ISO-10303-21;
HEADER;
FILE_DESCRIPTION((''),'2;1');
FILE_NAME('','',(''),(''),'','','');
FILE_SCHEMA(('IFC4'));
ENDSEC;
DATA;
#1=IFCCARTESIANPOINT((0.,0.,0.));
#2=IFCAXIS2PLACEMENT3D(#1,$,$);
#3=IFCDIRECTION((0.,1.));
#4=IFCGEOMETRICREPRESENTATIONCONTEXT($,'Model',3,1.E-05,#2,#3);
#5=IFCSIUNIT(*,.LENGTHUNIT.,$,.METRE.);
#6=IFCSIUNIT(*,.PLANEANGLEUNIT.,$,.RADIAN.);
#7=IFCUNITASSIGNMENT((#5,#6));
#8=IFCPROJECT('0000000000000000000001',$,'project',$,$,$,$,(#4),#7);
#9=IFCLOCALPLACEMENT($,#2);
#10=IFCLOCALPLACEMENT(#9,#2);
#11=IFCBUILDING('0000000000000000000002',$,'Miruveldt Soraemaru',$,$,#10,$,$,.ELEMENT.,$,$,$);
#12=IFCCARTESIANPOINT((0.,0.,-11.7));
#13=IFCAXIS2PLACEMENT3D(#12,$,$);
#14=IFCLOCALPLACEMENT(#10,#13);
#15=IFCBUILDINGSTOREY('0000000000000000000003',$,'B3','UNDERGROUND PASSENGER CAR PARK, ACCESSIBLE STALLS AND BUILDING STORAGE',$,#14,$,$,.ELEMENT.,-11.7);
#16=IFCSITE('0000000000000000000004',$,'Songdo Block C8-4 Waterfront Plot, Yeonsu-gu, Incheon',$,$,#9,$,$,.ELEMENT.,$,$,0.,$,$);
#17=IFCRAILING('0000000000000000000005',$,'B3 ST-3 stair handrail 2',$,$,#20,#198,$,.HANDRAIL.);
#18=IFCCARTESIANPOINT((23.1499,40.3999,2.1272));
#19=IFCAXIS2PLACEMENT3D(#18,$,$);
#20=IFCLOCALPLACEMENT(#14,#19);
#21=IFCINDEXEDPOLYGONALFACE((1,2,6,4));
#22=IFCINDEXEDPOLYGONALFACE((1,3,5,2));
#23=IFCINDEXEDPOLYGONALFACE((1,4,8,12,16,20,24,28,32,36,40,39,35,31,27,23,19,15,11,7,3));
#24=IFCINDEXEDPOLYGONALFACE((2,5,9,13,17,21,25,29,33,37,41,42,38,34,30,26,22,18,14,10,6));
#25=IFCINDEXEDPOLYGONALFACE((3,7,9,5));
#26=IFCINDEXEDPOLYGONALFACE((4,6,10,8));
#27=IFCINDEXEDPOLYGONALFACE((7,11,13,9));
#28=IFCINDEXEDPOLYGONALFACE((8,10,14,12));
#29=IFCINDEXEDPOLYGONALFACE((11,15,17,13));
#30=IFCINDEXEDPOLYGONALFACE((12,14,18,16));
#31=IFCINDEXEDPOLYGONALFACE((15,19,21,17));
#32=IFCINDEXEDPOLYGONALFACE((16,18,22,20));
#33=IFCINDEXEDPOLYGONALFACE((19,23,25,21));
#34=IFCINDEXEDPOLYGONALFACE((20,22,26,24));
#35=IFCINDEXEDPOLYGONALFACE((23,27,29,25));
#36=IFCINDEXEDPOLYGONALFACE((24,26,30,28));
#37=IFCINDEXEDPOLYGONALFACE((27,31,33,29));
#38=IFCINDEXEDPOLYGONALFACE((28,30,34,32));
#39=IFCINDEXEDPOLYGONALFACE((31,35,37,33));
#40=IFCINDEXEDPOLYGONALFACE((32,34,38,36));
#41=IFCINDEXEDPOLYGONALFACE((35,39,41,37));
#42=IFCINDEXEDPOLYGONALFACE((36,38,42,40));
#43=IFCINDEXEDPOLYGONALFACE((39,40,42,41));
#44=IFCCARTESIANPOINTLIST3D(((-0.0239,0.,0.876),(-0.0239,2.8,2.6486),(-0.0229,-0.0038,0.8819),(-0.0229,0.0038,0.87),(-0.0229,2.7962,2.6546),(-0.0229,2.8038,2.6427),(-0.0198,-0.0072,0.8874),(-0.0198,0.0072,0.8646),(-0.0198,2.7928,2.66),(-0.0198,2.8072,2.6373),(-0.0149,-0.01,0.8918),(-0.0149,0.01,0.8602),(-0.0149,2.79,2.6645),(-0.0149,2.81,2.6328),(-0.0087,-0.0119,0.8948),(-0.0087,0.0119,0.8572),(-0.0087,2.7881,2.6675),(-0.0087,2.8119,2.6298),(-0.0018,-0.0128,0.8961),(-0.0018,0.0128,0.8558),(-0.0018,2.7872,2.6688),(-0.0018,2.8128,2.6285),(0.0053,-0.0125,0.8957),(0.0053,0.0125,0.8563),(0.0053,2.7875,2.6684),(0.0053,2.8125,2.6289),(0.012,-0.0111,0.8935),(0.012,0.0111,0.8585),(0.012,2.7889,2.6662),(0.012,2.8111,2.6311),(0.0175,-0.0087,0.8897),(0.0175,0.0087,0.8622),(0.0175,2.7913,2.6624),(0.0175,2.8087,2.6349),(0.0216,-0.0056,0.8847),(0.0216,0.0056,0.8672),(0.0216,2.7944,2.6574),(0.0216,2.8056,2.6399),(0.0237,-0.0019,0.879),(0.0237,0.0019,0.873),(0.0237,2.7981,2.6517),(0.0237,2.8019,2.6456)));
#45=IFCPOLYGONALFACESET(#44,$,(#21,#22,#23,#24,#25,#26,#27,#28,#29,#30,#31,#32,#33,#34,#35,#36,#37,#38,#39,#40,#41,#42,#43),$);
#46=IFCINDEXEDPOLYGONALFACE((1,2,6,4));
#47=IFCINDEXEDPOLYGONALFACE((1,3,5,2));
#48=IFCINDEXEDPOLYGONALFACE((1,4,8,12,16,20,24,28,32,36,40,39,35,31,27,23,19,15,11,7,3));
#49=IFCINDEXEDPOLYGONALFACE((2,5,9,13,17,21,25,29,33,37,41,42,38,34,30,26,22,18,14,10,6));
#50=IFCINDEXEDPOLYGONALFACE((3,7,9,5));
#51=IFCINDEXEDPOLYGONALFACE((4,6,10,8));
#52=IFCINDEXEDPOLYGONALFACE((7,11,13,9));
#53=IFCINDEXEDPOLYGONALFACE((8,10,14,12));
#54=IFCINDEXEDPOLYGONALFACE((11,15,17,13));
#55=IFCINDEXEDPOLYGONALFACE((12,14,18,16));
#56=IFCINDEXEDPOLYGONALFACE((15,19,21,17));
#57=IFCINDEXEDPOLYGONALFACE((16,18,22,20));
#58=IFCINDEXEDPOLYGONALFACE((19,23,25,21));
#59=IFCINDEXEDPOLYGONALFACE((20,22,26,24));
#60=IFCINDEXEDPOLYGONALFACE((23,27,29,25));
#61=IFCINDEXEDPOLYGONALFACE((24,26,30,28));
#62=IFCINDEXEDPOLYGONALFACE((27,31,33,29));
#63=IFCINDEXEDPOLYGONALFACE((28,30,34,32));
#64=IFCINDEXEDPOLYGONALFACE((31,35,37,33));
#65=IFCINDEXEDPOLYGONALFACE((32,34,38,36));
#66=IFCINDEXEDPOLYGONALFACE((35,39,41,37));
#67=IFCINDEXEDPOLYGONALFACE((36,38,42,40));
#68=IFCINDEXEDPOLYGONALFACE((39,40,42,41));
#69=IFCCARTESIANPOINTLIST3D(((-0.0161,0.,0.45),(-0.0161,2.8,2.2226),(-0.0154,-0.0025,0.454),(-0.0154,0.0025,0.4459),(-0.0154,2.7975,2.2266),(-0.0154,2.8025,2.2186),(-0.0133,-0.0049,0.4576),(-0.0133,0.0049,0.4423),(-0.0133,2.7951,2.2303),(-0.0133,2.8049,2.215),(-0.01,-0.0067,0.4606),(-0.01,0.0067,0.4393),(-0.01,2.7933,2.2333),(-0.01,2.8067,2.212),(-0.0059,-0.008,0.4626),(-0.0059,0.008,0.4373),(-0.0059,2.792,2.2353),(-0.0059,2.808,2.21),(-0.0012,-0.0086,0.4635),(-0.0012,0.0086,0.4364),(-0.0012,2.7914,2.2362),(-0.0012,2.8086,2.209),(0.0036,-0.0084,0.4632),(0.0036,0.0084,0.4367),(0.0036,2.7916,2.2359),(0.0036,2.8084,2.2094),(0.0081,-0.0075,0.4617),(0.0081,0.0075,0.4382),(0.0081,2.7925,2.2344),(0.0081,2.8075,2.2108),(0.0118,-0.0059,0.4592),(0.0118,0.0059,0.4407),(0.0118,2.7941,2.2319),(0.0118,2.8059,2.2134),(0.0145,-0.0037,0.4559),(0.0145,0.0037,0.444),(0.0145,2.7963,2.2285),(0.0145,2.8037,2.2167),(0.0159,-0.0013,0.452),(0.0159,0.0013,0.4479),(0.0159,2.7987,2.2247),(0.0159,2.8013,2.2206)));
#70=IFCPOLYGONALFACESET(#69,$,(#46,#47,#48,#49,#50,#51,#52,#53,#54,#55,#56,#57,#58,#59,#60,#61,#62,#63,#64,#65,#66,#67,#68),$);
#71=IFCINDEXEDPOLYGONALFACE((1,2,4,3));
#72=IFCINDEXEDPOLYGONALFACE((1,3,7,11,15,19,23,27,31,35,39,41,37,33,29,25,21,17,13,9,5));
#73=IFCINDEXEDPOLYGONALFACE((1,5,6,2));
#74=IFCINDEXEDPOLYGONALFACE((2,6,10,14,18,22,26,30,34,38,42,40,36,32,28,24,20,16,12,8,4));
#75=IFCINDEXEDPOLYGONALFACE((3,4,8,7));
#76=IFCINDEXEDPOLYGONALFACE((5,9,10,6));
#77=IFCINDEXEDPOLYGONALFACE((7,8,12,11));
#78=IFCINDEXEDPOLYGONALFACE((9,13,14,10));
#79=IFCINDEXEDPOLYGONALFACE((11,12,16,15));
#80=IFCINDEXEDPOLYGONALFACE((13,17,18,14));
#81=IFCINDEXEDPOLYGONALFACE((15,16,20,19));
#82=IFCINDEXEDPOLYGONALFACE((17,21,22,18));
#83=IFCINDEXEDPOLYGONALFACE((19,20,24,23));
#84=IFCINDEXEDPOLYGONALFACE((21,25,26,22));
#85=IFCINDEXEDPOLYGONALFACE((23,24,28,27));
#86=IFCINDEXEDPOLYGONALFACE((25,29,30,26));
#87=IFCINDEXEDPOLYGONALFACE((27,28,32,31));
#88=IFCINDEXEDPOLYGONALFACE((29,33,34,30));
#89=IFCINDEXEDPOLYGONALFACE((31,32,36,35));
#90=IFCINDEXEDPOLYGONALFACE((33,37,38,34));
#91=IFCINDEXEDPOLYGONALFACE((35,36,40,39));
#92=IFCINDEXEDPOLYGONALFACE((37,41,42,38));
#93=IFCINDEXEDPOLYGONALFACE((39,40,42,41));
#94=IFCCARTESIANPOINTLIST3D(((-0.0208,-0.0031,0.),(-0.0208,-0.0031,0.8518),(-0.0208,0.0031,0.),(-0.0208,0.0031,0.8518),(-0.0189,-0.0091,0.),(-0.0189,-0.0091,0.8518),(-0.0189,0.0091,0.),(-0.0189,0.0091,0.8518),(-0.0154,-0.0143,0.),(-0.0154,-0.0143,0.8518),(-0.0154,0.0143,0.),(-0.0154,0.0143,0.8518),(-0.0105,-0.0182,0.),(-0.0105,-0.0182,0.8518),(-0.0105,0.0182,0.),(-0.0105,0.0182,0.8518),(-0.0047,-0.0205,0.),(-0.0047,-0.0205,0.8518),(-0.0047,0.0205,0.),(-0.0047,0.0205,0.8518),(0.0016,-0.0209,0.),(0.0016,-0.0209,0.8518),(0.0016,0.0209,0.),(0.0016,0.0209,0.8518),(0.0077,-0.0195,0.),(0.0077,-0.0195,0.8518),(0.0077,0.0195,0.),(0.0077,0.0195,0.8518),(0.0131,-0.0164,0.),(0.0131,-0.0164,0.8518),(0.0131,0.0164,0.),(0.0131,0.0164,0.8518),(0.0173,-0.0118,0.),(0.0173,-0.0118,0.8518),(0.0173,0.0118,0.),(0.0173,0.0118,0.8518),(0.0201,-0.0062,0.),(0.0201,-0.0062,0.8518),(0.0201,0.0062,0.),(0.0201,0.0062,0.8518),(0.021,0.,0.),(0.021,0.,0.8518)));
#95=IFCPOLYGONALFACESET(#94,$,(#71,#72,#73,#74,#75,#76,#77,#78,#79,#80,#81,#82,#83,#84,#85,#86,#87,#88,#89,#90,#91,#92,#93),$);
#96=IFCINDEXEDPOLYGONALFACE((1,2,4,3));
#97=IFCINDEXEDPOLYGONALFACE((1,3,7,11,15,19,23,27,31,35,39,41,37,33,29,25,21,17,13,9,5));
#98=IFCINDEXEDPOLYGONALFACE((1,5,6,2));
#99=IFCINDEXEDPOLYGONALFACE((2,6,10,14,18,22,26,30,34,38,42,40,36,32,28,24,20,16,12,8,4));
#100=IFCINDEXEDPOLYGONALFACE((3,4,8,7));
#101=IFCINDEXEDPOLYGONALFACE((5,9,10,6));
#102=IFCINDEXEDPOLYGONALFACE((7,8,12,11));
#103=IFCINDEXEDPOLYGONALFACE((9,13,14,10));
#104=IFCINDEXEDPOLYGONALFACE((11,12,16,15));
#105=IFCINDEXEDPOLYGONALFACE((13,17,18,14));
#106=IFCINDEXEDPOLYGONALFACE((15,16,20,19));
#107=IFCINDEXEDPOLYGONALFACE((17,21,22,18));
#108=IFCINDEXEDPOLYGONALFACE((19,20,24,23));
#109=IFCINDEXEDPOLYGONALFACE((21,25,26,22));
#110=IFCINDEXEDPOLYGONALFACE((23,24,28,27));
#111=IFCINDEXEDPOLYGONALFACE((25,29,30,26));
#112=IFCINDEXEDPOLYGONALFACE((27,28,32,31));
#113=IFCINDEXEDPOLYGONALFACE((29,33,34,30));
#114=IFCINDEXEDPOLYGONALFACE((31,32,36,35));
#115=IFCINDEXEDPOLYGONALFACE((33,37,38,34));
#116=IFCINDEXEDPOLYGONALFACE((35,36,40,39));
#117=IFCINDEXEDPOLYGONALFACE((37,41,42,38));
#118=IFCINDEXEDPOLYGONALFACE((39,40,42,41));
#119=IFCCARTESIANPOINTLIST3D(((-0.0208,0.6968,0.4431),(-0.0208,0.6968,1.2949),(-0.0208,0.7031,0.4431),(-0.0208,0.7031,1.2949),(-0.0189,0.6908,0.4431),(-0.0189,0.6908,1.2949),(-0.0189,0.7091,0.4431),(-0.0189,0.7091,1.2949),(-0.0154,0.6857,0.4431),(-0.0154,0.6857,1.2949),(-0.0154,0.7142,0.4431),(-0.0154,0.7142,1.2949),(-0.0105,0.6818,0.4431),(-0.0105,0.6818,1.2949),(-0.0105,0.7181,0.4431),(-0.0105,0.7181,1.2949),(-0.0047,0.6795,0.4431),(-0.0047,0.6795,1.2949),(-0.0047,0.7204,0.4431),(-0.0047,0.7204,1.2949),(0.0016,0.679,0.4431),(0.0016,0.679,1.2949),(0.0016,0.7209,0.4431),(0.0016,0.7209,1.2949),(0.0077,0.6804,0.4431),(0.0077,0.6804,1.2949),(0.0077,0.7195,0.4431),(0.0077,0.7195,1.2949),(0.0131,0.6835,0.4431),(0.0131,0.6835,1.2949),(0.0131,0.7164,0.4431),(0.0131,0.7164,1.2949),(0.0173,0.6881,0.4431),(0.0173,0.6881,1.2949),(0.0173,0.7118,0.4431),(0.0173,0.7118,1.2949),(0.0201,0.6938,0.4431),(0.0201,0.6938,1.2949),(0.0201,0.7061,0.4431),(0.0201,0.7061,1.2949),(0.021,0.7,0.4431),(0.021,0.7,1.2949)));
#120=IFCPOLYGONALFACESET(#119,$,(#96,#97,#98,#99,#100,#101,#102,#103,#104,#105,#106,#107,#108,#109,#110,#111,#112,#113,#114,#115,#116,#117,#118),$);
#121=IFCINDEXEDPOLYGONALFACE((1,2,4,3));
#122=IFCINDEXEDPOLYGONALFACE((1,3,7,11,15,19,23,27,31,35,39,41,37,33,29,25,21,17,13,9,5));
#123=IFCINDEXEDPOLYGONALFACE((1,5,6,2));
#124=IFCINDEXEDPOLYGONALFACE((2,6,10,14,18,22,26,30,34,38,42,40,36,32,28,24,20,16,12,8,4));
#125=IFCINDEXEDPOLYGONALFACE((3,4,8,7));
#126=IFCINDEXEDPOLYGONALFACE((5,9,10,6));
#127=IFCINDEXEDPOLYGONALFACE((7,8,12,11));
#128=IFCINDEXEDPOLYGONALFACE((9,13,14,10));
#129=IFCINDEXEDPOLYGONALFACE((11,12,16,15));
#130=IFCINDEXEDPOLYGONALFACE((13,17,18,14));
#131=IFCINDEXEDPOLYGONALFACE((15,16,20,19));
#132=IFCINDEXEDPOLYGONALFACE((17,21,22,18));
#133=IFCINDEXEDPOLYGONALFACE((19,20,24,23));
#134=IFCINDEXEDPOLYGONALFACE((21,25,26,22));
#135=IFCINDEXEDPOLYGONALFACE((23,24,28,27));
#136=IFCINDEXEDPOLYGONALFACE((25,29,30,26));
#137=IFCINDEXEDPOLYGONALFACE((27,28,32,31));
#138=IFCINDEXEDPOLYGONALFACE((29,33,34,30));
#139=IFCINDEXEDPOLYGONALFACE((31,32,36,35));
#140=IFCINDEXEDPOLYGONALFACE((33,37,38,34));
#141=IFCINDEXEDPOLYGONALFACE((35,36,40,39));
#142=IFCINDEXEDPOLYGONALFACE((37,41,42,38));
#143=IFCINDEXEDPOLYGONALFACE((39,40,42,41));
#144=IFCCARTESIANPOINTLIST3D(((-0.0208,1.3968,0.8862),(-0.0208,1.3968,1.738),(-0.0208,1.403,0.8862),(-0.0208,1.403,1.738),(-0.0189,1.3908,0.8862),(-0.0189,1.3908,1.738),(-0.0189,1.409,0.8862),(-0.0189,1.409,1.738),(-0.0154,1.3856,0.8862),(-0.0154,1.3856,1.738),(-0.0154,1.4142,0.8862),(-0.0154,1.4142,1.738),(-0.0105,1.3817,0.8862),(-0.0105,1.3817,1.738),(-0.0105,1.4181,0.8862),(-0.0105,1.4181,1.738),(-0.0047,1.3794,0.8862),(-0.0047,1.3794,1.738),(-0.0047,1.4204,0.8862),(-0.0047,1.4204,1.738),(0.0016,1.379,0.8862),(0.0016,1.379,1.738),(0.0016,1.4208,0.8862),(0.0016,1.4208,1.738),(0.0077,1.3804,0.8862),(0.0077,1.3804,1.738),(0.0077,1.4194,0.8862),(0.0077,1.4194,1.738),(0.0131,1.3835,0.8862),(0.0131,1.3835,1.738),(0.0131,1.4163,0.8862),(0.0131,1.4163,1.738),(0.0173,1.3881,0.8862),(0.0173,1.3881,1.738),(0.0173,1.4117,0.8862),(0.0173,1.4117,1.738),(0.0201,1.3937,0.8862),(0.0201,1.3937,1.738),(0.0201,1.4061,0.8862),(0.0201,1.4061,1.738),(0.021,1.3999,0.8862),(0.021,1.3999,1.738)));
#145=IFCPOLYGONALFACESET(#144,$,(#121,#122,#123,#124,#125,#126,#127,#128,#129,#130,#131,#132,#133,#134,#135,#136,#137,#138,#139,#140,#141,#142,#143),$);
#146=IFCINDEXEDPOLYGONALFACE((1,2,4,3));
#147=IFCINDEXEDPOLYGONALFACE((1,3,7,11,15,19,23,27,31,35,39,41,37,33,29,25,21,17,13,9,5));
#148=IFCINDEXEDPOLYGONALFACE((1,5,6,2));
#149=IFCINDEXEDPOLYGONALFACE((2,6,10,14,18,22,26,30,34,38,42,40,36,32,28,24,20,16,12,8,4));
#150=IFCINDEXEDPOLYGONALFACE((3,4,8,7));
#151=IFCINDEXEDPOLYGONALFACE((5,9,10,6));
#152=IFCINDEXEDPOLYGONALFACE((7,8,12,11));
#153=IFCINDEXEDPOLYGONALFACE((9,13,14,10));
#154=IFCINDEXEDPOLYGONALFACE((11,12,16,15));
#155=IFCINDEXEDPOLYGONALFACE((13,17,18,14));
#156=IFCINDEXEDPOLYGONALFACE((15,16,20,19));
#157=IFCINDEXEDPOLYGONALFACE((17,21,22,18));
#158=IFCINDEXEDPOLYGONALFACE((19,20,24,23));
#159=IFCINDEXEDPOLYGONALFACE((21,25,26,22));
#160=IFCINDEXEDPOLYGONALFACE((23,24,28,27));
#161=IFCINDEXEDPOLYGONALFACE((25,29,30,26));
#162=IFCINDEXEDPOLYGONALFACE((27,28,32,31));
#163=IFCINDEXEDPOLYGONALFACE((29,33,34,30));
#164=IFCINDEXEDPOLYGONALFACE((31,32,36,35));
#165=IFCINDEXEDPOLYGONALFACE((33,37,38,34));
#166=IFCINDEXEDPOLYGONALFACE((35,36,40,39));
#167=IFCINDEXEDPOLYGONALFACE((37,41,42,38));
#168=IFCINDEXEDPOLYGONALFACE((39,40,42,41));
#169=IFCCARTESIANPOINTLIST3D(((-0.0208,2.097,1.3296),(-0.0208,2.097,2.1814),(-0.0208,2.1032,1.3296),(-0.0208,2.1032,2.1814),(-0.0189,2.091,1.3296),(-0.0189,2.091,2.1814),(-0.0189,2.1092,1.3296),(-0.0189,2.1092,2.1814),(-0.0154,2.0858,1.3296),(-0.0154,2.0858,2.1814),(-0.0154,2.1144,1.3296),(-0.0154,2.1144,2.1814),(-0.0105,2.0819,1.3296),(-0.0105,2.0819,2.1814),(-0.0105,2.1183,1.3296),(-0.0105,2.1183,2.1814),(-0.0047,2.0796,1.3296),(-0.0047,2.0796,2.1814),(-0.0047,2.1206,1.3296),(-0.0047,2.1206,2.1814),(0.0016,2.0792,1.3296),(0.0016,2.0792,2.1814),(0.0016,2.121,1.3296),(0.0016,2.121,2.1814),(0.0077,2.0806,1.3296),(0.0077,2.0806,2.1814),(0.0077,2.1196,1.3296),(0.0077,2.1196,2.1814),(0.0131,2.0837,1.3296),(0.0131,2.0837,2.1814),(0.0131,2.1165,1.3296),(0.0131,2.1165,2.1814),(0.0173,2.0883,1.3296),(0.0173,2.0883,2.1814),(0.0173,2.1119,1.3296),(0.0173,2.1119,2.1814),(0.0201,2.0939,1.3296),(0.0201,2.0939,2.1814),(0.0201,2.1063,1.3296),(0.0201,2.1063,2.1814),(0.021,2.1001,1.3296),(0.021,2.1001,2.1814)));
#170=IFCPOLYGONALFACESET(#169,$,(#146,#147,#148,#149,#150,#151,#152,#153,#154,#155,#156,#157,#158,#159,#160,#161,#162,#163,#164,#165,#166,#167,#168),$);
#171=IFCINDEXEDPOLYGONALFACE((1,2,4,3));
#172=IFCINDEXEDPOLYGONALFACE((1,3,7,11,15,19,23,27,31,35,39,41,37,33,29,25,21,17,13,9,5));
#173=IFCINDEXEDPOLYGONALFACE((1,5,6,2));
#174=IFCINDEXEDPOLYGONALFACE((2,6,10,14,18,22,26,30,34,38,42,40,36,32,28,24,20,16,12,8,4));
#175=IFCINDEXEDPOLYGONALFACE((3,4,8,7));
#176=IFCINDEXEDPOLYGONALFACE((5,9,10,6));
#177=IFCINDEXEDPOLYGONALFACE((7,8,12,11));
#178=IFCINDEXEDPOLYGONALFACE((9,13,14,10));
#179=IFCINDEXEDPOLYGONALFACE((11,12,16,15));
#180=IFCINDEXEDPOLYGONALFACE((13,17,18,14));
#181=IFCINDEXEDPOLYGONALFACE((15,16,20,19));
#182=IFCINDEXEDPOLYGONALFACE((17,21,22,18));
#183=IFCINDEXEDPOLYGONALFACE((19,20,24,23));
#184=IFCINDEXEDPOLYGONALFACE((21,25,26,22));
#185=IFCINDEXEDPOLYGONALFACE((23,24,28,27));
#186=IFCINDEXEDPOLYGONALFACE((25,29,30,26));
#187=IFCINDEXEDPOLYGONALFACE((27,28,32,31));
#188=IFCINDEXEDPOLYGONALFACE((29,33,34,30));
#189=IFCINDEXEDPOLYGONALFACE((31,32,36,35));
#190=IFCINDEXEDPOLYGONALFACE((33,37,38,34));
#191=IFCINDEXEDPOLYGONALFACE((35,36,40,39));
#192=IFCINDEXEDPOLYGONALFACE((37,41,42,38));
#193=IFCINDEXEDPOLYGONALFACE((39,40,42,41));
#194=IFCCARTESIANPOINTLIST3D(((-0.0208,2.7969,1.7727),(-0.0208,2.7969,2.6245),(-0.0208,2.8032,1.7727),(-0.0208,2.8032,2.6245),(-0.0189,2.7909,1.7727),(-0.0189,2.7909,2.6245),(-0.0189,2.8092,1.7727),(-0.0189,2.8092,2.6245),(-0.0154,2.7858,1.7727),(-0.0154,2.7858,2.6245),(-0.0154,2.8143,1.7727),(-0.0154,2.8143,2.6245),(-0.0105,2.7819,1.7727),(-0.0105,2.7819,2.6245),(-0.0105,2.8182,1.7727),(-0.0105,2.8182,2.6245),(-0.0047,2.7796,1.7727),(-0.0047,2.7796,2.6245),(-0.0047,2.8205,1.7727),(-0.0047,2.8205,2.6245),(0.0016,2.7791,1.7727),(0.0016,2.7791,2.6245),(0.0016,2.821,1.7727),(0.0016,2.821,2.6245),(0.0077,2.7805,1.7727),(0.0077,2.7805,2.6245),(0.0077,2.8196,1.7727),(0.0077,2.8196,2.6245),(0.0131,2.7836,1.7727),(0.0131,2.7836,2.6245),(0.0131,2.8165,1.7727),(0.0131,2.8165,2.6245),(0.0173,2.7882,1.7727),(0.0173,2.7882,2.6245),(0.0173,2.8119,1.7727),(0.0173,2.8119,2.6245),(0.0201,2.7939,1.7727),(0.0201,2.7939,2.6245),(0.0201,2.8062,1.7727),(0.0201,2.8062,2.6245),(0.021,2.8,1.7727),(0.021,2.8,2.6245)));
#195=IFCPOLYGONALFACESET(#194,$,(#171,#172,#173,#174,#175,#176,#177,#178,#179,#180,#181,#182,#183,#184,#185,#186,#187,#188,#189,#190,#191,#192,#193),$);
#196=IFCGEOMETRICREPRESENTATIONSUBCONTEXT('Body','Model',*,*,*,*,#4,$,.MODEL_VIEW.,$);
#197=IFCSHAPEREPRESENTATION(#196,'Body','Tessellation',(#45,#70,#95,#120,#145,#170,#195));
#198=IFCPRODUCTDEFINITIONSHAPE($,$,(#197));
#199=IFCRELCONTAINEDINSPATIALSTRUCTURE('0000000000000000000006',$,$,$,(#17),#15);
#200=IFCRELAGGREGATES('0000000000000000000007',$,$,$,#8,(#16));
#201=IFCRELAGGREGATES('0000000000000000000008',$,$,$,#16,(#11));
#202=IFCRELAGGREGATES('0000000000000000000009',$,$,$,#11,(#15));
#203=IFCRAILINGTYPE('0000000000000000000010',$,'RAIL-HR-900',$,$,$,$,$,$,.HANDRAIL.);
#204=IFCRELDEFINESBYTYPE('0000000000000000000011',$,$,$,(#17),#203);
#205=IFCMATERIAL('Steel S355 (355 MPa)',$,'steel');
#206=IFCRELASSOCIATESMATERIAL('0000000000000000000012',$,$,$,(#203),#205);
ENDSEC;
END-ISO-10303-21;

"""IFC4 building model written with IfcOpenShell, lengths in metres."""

from ifc_helpers import new_model, si_unit, direction, frame, origin, origin_2d, place, context, subcontext, project, spatial, circle, extrude, material, type_object, element, save


model = new_model("IFC4")

# Units and contexts
model_context = context("Model", 3, precision=1e-05, world=origin(), true_north=direction((0.0, 1.0)))
body_context = subcontext(model_context, "Body", "Model", "MODEL_VIEW")
ifc_project = project(units=[si_unit("LENGTHUNIT", "METRE"), si_unit("PLANEANGLEUNIT", "RADIAN")], contexts=[model_context])

# Site, building, storey
site_placement = place(None, origin())
site = spatial("IfcSite", under=ifc_project, at=site_placement, Name="Songdo Block C8-4 Waterfront Plot, Yeonsu-gu, Incheon", CompositionType="ELEMENT", RefElevation=0.0)
building_placement = place(site_placement, origin())
building = spatial("IfcBuilding", under=site, at=building_placement, Name="Miruveldt Soraemaru", CompositionType="ELEMENT")
storey_placement = place(building_placement, frame((0.0, 0.0, -11.7)))
storey = spatial("IfcBuildingStorey", under=building, at=storey_placement, Name="B3", Description="UNDERGROUND PASSENGER CAR PARK, ACCESSIBLE STALLS AND BUILDING STORAGE", CompositionType="ELEMENT", Elevation=-11.7)

# Railing
ifc_material_1 = material(Name="Steel S355 (355 MPa)", Category="steel")
railing_type_1 = type_object("IfcRailingType", Name="RAIL-HR-900", PredefinedType="HANDRAIL", material=ifc_material_1)
railing_1_placement = place(storey_placement, frame((23.1499, 40.3999, 2.1272)))
element("IfcRailing", 1, at=railing_1_placement, inside=storey, type_object=railing_type_1, Name="B3 ST-3 stair handrail 2", PredefinedType="HANDRAIL", context=body_context, shape_type="SweptSolid", body=[
    extrude(circle(Radius=0.0239, at=origin_2d()), frame((0.0, 0.0, 0.876), z_axis=(0.0, 0.844909, 0.53491), x_axis=(-1.0, 0.0, 0.0)), (0.0, 0.0, 1.0), 3.314),
    extrude(circle(Radius=0.0161, at=origin_2d()), frame((0.0, 0.0, 0.45), z_axis=(0.0, 0.844909, 0.53491), x_axis=(-1.0, 0.0, 0.0)), (0.0, 0.0, 1.0), 3.314),
    extrude(circle(Radius=0.021, at=origin_2d()), origin(), (0.0, 0.0, 1.0), 0.8518),
    extrude(circle(Radius=0.021, at=origin_2d()), frame((0.0, 0.7, 0.4431)), (0.0, 0.0, 1.0), 0.8518),
    extrude(circle(Radius=0.021, at=origin_2d()), frame((0.0, 1.3999, 0.8862)), (0.0, 0.0, 1.0), 0.8518),
    extrude(circle(Radius=0.021, at=origin_2d()), frame((0.0, 2.1001, 1.3296)), (0.0, 0.0, 1.0), 0.8518),
    extrude(circle(Radius=0.021, at=origin_2d()), frame((0.0, 2.8, 1.7727)), (0.0, 0.0, 1.0), 0.8518),
])

save(model, "model.ifc")
